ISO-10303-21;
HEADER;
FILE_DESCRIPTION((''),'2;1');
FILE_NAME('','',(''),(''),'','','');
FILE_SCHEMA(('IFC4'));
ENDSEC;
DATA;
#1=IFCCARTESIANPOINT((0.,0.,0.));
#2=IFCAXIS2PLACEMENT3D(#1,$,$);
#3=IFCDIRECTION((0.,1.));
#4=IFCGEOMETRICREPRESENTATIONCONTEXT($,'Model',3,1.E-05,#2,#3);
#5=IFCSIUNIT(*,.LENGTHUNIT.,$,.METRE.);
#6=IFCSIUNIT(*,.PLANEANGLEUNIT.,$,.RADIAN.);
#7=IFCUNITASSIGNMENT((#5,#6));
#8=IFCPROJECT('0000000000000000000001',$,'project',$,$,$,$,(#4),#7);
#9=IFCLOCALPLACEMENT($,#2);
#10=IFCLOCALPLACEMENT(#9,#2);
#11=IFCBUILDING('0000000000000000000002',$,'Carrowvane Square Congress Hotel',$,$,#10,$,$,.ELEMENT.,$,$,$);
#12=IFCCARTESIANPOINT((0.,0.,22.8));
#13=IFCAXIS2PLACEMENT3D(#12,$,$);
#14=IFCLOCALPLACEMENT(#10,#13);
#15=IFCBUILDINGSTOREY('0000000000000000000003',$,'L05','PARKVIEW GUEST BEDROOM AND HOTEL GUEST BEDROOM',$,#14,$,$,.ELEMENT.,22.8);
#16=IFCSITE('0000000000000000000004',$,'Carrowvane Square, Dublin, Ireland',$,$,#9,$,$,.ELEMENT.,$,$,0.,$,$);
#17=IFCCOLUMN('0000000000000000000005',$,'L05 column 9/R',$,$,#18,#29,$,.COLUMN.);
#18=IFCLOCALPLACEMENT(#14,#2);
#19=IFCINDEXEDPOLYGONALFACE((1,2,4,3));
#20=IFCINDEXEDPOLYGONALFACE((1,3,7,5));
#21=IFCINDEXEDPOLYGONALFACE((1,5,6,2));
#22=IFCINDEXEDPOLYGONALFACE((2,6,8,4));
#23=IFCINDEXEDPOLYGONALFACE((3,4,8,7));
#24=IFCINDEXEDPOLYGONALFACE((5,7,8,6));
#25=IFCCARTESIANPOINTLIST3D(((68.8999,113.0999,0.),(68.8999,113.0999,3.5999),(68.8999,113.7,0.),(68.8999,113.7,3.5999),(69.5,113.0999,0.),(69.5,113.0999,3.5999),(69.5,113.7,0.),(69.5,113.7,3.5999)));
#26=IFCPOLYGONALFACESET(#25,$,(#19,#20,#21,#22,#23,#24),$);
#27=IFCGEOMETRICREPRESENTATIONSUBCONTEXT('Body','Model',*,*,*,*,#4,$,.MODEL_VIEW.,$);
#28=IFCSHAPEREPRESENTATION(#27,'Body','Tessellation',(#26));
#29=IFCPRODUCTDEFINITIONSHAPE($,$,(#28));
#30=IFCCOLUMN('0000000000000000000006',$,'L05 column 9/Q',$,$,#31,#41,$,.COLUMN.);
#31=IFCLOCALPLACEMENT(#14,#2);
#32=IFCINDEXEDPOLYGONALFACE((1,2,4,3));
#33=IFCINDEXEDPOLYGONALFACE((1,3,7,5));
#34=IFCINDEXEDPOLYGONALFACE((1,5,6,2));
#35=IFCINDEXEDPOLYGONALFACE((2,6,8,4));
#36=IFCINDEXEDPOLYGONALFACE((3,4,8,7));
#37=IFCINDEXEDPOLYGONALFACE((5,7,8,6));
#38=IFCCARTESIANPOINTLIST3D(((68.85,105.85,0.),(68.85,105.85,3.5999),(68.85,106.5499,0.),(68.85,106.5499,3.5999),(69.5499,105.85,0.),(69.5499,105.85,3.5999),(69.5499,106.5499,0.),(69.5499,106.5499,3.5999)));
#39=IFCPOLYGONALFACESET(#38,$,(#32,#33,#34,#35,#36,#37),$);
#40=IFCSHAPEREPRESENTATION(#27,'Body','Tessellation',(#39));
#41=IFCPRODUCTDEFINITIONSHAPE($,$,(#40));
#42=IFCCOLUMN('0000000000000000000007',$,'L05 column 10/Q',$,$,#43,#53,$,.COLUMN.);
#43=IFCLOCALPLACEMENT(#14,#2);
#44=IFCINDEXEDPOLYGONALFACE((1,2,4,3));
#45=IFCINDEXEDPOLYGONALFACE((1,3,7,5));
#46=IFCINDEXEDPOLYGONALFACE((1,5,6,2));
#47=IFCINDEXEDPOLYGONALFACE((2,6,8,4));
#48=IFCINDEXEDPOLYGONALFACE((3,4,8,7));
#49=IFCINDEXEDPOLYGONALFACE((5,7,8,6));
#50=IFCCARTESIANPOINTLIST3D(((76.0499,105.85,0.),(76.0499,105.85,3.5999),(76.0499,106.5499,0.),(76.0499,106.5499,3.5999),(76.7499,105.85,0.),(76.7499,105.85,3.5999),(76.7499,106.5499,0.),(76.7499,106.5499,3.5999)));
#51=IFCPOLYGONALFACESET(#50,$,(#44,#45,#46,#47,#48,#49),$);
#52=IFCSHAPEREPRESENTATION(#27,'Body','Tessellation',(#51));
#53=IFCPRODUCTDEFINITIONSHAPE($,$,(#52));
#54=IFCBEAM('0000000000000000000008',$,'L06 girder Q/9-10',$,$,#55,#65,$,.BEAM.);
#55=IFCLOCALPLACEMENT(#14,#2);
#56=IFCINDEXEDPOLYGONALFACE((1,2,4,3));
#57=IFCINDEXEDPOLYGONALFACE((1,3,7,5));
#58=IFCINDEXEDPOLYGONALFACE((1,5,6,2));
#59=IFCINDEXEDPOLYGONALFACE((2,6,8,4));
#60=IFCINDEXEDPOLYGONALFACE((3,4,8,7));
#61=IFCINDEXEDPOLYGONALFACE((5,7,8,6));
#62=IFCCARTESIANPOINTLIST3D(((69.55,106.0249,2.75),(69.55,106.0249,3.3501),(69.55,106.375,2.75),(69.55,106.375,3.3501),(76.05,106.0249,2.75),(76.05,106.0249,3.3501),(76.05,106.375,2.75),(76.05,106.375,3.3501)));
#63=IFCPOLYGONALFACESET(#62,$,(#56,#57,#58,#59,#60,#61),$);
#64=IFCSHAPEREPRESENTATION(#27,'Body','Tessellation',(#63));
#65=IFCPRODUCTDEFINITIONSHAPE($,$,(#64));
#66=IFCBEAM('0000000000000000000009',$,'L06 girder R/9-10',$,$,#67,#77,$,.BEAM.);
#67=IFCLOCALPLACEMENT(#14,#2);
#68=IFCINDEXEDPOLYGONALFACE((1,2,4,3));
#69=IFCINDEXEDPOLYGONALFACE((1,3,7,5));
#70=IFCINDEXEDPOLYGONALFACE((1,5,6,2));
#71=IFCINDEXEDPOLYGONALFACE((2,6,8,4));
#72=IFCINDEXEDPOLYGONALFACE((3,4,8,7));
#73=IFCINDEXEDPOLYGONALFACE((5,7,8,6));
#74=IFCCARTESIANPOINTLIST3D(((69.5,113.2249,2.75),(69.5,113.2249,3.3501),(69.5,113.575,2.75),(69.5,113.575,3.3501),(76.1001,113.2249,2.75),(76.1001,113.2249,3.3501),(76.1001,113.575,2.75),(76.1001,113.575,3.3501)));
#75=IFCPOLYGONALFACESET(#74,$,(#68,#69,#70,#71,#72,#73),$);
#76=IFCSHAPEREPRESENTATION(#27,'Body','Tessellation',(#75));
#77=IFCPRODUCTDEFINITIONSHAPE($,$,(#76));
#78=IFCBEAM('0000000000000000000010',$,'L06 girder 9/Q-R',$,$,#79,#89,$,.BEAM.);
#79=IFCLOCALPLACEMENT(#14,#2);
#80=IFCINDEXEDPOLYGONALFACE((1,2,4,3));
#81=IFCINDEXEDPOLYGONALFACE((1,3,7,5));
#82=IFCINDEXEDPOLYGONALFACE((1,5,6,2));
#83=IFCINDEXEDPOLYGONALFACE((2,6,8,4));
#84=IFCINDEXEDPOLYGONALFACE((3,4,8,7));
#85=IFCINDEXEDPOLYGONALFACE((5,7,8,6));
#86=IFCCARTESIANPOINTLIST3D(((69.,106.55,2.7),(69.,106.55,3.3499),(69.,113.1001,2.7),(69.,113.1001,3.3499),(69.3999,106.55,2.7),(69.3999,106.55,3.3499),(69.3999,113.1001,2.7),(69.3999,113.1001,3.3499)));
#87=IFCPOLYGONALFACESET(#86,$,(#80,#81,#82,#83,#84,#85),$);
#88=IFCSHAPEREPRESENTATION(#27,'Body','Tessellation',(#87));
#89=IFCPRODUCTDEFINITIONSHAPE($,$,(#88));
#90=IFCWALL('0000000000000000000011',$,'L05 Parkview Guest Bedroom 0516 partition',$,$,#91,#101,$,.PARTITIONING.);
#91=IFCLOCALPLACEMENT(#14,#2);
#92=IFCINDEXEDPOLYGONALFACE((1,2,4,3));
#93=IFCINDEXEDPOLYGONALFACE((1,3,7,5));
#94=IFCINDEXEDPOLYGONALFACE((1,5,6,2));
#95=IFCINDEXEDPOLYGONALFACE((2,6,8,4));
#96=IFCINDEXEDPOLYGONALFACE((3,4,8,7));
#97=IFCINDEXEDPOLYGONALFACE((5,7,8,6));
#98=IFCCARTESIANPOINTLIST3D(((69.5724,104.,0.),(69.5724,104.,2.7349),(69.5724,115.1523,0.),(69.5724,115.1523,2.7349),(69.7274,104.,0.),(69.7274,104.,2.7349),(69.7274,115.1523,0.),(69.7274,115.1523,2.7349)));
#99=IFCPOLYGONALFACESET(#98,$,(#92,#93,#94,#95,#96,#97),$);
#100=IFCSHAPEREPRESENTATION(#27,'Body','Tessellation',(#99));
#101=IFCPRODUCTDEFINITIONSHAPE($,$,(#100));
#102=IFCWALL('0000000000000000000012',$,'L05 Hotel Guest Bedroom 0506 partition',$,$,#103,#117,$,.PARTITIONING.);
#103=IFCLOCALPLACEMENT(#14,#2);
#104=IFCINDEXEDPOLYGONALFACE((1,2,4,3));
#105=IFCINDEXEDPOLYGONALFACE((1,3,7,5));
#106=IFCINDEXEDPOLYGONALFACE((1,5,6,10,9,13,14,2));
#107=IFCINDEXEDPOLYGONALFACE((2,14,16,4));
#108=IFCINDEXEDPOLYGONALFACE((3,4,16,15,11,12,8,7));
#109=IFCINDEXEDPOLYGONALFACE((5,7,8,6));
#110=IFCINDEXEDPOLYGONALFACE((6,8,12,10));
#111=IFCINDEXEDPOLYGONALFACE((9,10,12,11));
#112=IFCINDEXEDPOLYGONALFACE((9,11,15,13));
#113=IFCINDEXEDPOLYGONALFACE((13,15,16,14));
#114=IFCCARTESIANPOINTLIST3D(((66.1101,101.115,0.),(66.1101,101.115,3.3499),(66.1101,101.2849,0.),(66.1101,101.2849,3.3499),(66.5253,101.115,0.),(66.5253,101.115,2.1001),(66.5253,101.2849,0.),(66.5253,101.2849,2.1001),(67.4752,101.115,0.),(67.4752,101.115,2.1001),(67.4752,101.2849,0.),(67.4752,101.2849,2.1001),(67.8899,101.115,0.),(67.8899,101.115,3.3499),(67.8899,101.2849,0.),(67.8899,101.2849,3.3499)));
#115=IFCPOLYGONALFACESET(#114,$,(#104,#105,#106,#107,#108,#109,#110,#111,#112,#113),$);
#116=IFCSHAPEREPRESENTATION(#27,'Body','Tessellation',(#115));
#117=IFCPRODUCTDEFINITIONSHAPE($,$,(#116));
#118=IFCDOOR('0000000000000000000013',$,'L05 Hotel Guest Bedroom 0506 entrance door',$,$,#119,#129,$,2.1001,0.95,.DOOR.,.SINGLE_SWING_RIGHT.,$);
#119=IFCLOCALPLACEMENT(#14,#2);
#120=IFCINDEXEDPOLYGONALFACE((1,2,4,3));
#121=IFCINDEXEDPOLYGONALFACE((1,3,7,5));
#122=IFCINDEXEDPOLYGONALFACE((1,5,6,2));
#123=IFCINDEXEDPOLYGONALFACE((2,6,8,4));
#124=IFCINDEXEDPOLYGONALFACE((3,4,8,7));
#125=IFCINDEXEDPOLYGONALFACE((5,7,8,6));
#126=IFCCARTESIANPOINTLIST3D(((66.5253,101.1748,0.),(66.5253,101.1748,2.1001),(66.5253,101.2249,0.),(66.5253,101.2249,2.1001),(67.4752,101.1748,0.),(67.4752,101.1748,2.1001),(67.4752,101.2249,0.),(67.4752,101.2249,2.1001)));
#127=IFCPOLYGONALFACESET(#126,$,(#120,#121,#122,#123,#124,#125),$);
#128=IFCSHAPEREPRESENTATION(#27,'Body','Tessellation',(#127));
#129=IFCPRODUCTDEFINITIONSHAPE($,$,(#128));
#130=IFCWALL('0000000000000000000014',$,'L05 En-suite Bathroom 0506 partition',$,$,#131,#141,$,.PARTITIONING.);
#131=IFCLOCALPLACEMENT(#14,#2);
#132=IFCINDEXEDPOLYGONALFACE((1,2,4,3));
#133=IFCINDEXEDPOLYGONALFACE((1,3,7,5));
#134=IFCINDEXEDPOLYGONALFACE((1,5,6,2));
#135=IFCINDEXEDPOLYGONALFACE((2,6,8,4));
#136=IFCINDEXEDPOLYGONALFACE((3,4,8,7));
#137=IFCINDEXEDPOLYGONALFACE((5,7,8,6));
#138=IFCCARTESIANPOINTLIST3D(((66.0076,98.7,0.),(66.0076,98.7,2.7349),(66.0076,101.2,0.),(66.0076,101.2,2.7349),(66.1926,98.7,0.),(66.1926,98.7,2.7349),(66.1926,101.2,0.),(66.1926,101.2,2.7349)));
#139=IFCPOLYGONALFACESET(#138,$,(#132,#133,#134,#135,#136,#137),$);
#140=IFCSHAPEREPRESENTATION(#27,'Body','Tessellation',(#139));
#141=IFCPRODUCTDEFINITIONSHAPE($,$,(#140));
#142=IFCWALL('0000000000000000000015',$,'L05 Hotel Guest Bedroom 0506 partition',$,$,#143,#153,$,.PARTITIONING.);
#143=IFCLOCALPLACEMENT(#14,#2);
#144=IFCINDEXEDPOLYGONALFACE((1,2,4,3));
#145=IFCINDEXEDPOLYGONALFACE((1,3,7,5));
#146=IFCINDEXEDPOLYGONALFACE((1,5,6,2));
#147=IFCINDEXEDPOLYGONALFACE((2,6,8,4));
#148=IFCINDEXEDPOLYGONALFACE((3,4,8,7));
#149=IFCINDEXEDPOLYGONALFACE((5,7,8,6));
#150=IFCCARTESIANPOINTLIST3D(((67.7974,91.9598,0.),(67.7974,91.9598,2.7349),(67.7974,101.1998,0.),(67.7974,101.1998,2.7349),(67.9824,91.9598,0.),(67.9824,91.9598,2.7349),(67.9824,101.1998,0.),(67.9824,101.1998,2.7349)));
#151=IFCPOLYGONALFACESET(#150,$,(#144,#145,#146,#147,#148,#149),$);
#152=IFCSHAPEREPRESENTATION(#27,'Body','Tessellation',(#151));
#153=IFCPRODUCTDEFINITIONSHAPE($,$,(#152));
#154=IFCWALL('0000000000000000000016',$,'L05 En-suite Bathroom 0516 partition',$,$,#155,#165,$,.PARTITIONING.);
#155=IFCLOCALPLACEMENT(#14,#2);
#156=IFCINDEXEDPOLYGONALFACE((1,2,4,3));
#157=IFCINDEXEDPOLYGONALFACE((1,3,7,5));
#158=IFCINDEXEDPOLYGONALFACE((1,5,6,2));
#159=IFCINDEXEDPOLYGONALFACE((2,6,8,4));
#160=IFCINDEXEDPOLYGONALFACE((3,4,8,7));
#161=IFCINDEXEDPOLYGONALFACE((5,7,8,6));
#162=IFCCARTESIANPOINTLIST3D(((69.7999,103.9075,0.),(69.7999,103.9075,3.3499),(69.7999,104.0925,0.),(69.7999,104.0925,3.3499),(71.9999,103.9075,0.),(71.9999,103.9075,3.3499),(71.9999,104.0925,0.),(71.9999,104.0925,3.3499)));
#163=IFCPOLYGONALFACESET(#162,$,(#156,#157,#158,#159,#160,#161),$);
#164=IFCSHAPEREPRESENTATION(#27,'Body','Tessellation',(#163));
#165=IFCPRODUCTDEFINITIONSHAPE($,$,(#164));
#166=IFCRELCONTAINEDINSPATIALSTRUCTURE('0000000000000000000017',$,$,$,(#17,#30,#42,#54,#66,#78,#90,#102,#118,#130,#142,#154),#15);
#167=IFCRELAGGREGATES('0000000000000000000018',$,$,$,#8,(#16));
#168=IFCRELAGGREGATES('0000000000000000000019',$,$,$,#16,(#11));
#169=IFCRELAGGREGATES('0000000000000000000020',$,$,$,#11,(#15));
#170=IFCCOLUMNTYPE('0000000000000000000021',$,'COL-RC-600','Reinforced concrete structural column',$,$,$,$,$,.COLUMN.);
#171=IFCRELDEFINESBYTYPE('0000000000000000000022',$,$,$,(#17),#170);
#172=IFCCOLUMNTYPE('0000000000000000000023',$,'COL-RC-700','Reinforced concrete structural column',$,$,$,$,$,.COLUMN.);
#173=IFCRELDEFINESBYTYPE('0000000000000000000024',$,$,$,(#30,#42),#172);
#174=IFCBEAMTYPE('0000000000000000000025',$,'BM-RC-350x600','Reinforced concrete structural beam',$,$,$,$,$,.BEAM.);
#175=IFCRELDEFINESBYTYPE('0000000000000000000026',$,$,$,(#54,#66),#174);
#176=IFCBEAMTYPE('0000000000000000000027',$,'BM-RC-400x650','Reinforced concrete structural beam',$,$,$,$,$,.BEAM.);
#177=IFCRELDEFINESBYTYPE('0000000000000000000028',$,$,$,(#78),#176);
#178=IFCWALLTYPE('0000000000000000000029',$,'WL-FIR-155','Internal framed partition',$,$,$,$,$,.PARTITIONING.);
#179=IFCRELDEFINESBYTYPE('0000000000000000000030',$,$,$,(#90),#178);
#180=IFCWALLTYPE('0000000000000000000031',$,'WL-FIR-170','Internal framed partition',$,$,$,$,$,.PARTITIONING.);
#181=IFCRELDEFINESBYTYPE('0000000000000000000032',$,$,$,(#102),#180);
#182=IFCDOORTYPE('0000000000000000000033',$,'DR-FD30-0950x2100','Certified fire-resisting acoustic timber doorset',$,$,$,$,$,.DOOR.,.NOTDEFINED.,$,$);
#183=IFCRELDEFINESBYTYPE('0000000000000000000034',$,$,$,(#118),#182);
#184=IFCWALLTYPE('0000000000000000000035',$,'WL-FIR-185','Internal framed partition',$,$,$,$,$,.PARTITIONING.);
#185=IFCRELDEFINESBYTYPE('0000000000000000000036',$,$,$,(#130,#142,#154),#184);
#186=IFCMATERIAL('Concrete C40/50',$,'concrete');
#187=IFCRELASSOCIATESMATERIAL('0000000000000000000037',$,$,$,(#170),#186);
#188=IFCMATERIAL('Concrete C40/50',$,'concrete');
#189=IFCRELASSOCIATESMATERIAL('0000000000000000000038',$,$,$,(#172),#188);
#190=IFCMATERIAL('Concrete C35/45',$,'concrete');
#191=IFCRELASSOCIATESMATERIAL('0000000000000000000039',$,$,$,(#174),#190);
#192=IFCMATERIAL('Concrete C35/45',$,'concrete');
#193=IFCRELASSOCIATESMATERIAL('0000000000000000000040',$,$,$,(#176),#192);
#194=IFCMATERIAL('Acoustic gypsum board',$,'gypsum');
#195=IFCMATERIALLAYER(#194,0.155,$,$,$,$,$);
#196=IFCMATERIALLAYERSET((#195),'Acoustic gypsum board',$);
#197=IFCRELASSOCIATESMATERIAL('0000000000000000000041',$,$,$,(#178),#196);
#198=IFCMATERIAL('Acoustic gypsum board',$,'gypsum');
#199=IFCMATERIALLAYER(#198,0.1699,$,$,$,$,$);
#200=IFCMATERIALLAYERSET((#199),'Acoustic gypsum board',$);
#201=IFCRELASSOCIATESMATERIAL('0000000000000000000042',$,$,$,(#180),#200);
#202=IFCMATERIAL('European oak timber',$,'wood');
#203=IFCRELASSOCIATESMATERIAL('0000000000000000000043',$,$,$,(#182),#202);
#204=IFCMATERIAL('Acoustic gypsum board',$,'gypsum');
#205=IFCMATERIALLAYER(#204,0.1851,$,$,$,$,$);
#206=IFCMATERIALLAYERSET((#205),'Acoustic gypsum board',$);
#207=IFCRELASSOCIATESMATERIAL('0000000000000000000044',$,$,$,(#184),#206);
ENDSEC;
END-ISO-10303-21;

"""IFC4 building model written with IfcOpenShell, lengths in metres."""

from ifc_helpers import new_model, si_unit, direction, frame, frame_2d, origin, origin_2d, place, context, subcontext, project, spatial, rectangle, extrude, material, layer, layer_set, material_profile, profile_set, type_object, element, fill, save


model = new_model("IFC4")

# Units and contexts
model_context = context("Model", 3, precision=1e-05, world=origin(), true_north=direction((0.0, 1.0)))
body_context = subcontext(model_context, "Body", "Model", "MODEL_VIEW")
ifc_project = project(units=[si_unit("LENGTHUNIT", "METRE"), si_unit("PLANEANGLEUNIT", "RADIAN")], contexts=[model_context])

# Site, building, storey
site_placement = place(None, origin())
site = spatial("IfcSite", under=ifc_project, at=site_placement, Name="Carrowvane Square, Dublin, Ireland", CompositionType="ELEMENT", RefElevation=0.0)
building_placement = place(site_placement, origin())
building = spatial("IfcBuilding", under=site, at=building_placement, Name="Carrowvane Square Congress Hotel", CompositionType="ELEMENT")
storey_placement = place(building_placement, frame((0.0, 0.0, 22.8)))
storey = spatial("IfcBuildingStorey", under=building, at=storey_placement, Name="L05", Description="PARKVIEW GUEST BEDROOM AND HOTEL GUEST BEDROOM", CompositionType="ELEMENT", Elevation=22.8)

# Columns
ifc_material_1 = material(Name="Concrete C40/50", Category="concrete")
ifc_material_profile_1 = material_profile(ifc_material_1, rectangle(XDim=0.6001, YDim=0.6001, at=origin_2d()), Name="RC 600x600")
ifc_profile_set_1 = profile_set([ifc_material_profile_1], Name="Concrete C40/50")
column_type_1 = type_object("IfcColumnType", Name="COL-RC-600", Description="Reinforced concrete structural column", PredefinedType="COLUMN", material=ifc_profile_set_1)
column_placement = place(storey_placement, frame((69.2, 113.3999, 0.0), z_axis=(0.0, 0.0, 1.0), x_axis=(1.0, 0.0, 0.0)))
element("IfcColumn", 1, at=column_placement, inside=storey, type_object=column_type_1, Name="L05 column 9/R", PredefinedType="COLUMN", context=body_context, shape_type="SweptSolid", body=[
    extrude(rectangle(XDim=0.6001, YDim=0.6001, at=origin_2d()), origin(), (0.0, 0.0, 1.0), 3.5999),
])
ifc_material_2 = material(Name="Concrete C40/50", Category="concrete")
ifc_material_profile_2 = material_profile(ifc_material_2, rectangle(XDim=0.7, YDim=0.7, at=origin_2d()), Name="RC 700x700")
ifc_profile_set_2 = profile_set([ifc_material_profile_2], Name="Concrete C40/50")
column_type_2 = type_object("IfcColumnType", Name="COL-RC-700", Description="Reinforced concrete structural column", PredefinedType="COLUMN", material=ifc_profile_set_2)
for number, where, z_axis, x_axis, name in (
    (2, (69.2, 106.2, 0.0), (0.0, 0.0, 1.0), (1.0, 0.0, 0.0), "L05 column 9/Q"),
    (3, (76.3999, 106.2, 0.0), (0.0, 0.0, 1.0), (1.0, 0.0, 0.0), "L05 column 10/Q"),
):
    element("IfcColumn", number, at=place(storey_placement, frame(where, z_axis=z_axis, x_axis=x_axis)), inside=storey, type_object=column_type_2, Name=name, PredefinedType="COLUMN", context=body_context, shape_type="SweptSolid", body=[
        extrude(rectangle(XDim=0.7, YDim=0.7, at=origin_2d()), origin(), (0.0, 0.0, 1.0), 3.5999),
    ])

# Beams
ifc_material_3 = material(Name="Concrete C35/45", Category="concrete")
ifc_material_profile_3 = material_profile(ifc_material_3, rectangle(XDim=0.3501, YDim=0.6001, at=origin_2d()), Name="RC 350x600")
ifc_profile_set_3 = profile_set([ifc_material_profile_3], Name="Concrete C35/45")
beam_type_1 = type_object("IfcBeamType", Name="BM-RC-350x600", Description="Reinforced concrete structural beam", PredefinedType="BEAM", material=ifc_profile_set_3)
beam_1_placement = place(storey_placement, frame((69.55, 106.2, 3.05), z_axis=(1.0, 0.0, 0.0), x_axis=(0.0, 1.0, 0.0)))
element("IfcBeam", 4, at=beam_1_placement, inside=storey, type_object=beam_type_1, Name="L06 girder Q/9-10", PredefinedType="BEAM", context=body_context, shape_type="SweptSolid", body=[
    extrude(rectangle(XDim=0.3501, YDim=0.6001, at=origin_2d()), origin(), (0.0, 0.0, 1.0), 6.5),
])
beam_2_placement = place(storey_placement, frame((69.5, 113.3999, 3.05), z_axis=(1.0, 0.0, 0.0), x_axis=(0.0, 1.0, 0.0)))
element("IfcBeam", 5, at=beam_2_placement, inside=storey, type_object=beam_type_1, Name="L06 girder R/9-10", PredefinedType="BEAM", context=body_context, shape_type="SweptSolid", body=[
    extrude(rectangle(XDim=0.3501, YDim=0.6001, at=origin_2d()), origin(), (0.0, 0.0, 1.0), 6.6001),
])
ifc_material_4 = material(Name="Concrete C35/45", Category="concrete")
ifc_material_profile_4 = material_profile(ifc_material_4, rectangle(XDim=0.3999, YDim=0.6499, at=origin_2d()), Name="RC 400x650")
ifc_profile_set_4 = profile_set([ifc_material_profile_4], Name="Concrete C35/45")
beam_type_2 = type_object("IfcBeamType", Name="BM-RC-400x650", Description="Reinforced concrete structural beam", PredefinedType="BEAM", material=ifc_profile_set_4)
beam_3_placement = place(storey_placement, frame((69.2, 106.55, 3.0249), z_axis=(0.0, 1.0, 0.0), x_axis=(-1.0, 0.0, 0.0)))
element("IfcBeam", 6, at=beam_3_placement, inside=storey, type_object=beam_type_2, Name="L06 girder 9/Q-R", PredefinedType="BEAM", context=body_context, shape_type="SweptSolid", body=[
    extrude(rectangle(XDim=0.3999, YDim=0.6499, at=origin_2d()), origin(), (0.0, 0.0, 1.0), 6.55),
])

# Wall
ifc_material_5 = material(Name="Acoustic gypsum board", Category="gypsum")
ifc_layer_1 = layer(ifc_material_5, 0.155)
ifc_layer_set_1 = layer_set([ifc_layer_1], Name="Acoustic gypsum board")
wall_type_1 = type_object("IfcWallType", Name="WL-FIR-155", Description="Internal framed partition", PredefinedType="PARTITIONING", material=ifc_layer_set_1)
wall_1_placement = place(storey_placement, frame((69.6499, 104.0, 0.0), z_axis=(0.0, 0.0, 1.0), x_axis=(0.0, 1.0, 0.0)))
element("IfcWall", 7, at=wall_1_placement, inside=storey, type_object=wall_type_1, Name="L05 Parkview Guest Bedroom 0516 partition", PredefinedType="PARTITIONING", context=body_context, shape_type="SweptSolid", body=[
    extrude(rectangle(XDim=11.1523, YDim=0.155, at=frame_2d((5.5762, 0.0))), origin(), (0.0, 0.0, 1.0), 2.7349),
])

# Wall, opening, door
ifc_material_6 = material(Name="Acoustic gypsum board", Category="gypsum")
ifc_layer_2 = layer(ifc_material_6, 0.1699)
ifc_layer_set_2 = layer_set([ifc_layer_2], Name="Acoustic gypsum board")
wall_type_2 = type_object("IfcWallType", Name="WL-FIR-170", Description="Internal framed partition", PredefinedType="PARTITIONING", material=ifc_layer_set_2)
wall_2_placement = place(storey_placement, frame((66.1101, 101.2, 0.0), z_axis=(0.0, 0.0, 1.0), x_axis=(1.0, 0.0, 0.0)))
wall_2 = element("IfcWall", 8, at=wall_2_placement, inside=storey, type_object=wall_type_2, Name="L05 Hotel Guest Bedroom 0506 partition", PredefinedType="PARTITIONING", context=body_context, shape_type="SweptSolid", body=[
    extrude(rectangle(XDim=1.7798, YDim=0.1699, at=frame_2d((0.8899, 0.0))), origin(), (0.0, 0.0, 1.0), 3.3499),
])
opening_1_placement = place(wall_2_placement, frame((0.415, 0.0, 0.0)))
opening_1 = element("IfcOpeningElement", 9, at=opening_1_placement, cuts=wall_2, PredefinedType="OPENING", context=body_context, shape_type="SweptSolid", body=[
    extrude(rectangle(XDim=0.95, YDim=2.1001, at=frame_2d((0.4751, 1.05))), frame((0.0, 0.095, 0.0), z_axis=(0.0, -1.0, 0.0), x_axis=(1.0, 0.0, 0.0)), (0.0, 0.0, 1.0), 0.1899),
])
ifc_material_7 = material(Name="European oak timber", Category="wood")
door_type_1 = type_object("IfcDoorType", Name="DR-FD30-0950x2100", Description="Certified fire-resisting acoustic timber doorset", OperationType="NOTDEFINED", PredefinedType="DOOR", material=ifc_material_7)
door_1_placement = place(opening_1_placement, origin())
door_1 = element("IfcDoor", 10, at=door_1_placement, inside=storey, type_object=door_type_1, Name="L05 Hotel Guest Bedroom 0506 entrance door", OperationType="SINGLE_SWING_RIGHT", OverallHeight=2.1001, OverallWidth=0.95, PredefinedType="DOOR", context=body_context, shape_type="SweptSolid", body=[
    extrude(rectangle(XDim=0.95, YDim=2.1001, at=frame_2d((0.4751, 1.05))), frame((0.0, 0.0249, 0.0), z_axis=(0.0, -1.0, 0.0), x_axis=(1.0, 0.0, 0.0)), (0.0, 0.0, 1.0), 0.05),
])
fill(opening_1, door_1)

# Walls
ifc_material_8 = material(Name="Acoustic gypsum board", Category="gypsum")
ifc_layer_3 = layer(ifc_material_8, 0.1851)
ifc_layer_set_3 = layer_set([ifc_layer_3], Name="Acoustic gypsum board")
wall_type_3 = type_object("IfcWallType", Name="WL-FIR-185", Description="Internal framed partition", PredefinedType="PARTITIONING", material=ifc_layer_set_3)
wall_3_placement = place(storey_placement, frame((66.1001, 101.2, 0.0), z_axis=(0.0, 0.0, 1.0), x_axis=(0.0, -1.0, 0.0)))
element("IfcWall", 11, at=wall_3_placement, inside=storey, type_object=wall_type_3, Name="L05 En-suite Bathroom 0506 partition", PredefinedType="PARTITIONING", context=body_context, shape_type="SweptSolid", body=[
    extrude(rectangle(XDim=2.5, YDim=0.1851, at=frame_2d((1.25, 0.0))), origin(), (0.0, 0.0, 1.0), 2.7349),
])
wall_4_placement = place(storey_placement, frame((67.8899, 101.2, 0.0), z_axis=(0.0, 0.0, 1.0), x_axis=(0.0, -1.0, 0.0)))
element("IfcWall", 12, at=wall_4_placement, inside=storey, type_object=wall_type_3, Name="L05 Hotel Guest Bedroom 0506 partition", PredefinedType="PARTITIONING", context=body_context, shape_type="SweptSolid", body=[
    extrude(rectangle(XDim=9.24, YDim=0.1851, at=frame_2d((4.6201, 0.0))), origin(), (0.0, 0.0, 1.0), 2.7349),
])
wall_5_placement = place(storey_placement, frame((72.0, 104.0, 0.0), z_axis=(0.0, 0.0, 1.0), x_axis=(-1.0, 0.0, 0.0)))
element("IfcWall", 13, at=wall_5_placement, inside=storey, type_object=wall_type_3, Name="L05 En-suite Bathroom 0516 partition", PredefinedType="PARTITIONING", context=body_context, shape_type="SweptSolid", body=[
    extrude(rectangle(XDim=2.2, YDim=0.1851, at=frame_2d((1.1001, 0.0))), origin(), (0.0, 0.0, 1.0), 3.3499),
])

save(model, "model.ifc")
